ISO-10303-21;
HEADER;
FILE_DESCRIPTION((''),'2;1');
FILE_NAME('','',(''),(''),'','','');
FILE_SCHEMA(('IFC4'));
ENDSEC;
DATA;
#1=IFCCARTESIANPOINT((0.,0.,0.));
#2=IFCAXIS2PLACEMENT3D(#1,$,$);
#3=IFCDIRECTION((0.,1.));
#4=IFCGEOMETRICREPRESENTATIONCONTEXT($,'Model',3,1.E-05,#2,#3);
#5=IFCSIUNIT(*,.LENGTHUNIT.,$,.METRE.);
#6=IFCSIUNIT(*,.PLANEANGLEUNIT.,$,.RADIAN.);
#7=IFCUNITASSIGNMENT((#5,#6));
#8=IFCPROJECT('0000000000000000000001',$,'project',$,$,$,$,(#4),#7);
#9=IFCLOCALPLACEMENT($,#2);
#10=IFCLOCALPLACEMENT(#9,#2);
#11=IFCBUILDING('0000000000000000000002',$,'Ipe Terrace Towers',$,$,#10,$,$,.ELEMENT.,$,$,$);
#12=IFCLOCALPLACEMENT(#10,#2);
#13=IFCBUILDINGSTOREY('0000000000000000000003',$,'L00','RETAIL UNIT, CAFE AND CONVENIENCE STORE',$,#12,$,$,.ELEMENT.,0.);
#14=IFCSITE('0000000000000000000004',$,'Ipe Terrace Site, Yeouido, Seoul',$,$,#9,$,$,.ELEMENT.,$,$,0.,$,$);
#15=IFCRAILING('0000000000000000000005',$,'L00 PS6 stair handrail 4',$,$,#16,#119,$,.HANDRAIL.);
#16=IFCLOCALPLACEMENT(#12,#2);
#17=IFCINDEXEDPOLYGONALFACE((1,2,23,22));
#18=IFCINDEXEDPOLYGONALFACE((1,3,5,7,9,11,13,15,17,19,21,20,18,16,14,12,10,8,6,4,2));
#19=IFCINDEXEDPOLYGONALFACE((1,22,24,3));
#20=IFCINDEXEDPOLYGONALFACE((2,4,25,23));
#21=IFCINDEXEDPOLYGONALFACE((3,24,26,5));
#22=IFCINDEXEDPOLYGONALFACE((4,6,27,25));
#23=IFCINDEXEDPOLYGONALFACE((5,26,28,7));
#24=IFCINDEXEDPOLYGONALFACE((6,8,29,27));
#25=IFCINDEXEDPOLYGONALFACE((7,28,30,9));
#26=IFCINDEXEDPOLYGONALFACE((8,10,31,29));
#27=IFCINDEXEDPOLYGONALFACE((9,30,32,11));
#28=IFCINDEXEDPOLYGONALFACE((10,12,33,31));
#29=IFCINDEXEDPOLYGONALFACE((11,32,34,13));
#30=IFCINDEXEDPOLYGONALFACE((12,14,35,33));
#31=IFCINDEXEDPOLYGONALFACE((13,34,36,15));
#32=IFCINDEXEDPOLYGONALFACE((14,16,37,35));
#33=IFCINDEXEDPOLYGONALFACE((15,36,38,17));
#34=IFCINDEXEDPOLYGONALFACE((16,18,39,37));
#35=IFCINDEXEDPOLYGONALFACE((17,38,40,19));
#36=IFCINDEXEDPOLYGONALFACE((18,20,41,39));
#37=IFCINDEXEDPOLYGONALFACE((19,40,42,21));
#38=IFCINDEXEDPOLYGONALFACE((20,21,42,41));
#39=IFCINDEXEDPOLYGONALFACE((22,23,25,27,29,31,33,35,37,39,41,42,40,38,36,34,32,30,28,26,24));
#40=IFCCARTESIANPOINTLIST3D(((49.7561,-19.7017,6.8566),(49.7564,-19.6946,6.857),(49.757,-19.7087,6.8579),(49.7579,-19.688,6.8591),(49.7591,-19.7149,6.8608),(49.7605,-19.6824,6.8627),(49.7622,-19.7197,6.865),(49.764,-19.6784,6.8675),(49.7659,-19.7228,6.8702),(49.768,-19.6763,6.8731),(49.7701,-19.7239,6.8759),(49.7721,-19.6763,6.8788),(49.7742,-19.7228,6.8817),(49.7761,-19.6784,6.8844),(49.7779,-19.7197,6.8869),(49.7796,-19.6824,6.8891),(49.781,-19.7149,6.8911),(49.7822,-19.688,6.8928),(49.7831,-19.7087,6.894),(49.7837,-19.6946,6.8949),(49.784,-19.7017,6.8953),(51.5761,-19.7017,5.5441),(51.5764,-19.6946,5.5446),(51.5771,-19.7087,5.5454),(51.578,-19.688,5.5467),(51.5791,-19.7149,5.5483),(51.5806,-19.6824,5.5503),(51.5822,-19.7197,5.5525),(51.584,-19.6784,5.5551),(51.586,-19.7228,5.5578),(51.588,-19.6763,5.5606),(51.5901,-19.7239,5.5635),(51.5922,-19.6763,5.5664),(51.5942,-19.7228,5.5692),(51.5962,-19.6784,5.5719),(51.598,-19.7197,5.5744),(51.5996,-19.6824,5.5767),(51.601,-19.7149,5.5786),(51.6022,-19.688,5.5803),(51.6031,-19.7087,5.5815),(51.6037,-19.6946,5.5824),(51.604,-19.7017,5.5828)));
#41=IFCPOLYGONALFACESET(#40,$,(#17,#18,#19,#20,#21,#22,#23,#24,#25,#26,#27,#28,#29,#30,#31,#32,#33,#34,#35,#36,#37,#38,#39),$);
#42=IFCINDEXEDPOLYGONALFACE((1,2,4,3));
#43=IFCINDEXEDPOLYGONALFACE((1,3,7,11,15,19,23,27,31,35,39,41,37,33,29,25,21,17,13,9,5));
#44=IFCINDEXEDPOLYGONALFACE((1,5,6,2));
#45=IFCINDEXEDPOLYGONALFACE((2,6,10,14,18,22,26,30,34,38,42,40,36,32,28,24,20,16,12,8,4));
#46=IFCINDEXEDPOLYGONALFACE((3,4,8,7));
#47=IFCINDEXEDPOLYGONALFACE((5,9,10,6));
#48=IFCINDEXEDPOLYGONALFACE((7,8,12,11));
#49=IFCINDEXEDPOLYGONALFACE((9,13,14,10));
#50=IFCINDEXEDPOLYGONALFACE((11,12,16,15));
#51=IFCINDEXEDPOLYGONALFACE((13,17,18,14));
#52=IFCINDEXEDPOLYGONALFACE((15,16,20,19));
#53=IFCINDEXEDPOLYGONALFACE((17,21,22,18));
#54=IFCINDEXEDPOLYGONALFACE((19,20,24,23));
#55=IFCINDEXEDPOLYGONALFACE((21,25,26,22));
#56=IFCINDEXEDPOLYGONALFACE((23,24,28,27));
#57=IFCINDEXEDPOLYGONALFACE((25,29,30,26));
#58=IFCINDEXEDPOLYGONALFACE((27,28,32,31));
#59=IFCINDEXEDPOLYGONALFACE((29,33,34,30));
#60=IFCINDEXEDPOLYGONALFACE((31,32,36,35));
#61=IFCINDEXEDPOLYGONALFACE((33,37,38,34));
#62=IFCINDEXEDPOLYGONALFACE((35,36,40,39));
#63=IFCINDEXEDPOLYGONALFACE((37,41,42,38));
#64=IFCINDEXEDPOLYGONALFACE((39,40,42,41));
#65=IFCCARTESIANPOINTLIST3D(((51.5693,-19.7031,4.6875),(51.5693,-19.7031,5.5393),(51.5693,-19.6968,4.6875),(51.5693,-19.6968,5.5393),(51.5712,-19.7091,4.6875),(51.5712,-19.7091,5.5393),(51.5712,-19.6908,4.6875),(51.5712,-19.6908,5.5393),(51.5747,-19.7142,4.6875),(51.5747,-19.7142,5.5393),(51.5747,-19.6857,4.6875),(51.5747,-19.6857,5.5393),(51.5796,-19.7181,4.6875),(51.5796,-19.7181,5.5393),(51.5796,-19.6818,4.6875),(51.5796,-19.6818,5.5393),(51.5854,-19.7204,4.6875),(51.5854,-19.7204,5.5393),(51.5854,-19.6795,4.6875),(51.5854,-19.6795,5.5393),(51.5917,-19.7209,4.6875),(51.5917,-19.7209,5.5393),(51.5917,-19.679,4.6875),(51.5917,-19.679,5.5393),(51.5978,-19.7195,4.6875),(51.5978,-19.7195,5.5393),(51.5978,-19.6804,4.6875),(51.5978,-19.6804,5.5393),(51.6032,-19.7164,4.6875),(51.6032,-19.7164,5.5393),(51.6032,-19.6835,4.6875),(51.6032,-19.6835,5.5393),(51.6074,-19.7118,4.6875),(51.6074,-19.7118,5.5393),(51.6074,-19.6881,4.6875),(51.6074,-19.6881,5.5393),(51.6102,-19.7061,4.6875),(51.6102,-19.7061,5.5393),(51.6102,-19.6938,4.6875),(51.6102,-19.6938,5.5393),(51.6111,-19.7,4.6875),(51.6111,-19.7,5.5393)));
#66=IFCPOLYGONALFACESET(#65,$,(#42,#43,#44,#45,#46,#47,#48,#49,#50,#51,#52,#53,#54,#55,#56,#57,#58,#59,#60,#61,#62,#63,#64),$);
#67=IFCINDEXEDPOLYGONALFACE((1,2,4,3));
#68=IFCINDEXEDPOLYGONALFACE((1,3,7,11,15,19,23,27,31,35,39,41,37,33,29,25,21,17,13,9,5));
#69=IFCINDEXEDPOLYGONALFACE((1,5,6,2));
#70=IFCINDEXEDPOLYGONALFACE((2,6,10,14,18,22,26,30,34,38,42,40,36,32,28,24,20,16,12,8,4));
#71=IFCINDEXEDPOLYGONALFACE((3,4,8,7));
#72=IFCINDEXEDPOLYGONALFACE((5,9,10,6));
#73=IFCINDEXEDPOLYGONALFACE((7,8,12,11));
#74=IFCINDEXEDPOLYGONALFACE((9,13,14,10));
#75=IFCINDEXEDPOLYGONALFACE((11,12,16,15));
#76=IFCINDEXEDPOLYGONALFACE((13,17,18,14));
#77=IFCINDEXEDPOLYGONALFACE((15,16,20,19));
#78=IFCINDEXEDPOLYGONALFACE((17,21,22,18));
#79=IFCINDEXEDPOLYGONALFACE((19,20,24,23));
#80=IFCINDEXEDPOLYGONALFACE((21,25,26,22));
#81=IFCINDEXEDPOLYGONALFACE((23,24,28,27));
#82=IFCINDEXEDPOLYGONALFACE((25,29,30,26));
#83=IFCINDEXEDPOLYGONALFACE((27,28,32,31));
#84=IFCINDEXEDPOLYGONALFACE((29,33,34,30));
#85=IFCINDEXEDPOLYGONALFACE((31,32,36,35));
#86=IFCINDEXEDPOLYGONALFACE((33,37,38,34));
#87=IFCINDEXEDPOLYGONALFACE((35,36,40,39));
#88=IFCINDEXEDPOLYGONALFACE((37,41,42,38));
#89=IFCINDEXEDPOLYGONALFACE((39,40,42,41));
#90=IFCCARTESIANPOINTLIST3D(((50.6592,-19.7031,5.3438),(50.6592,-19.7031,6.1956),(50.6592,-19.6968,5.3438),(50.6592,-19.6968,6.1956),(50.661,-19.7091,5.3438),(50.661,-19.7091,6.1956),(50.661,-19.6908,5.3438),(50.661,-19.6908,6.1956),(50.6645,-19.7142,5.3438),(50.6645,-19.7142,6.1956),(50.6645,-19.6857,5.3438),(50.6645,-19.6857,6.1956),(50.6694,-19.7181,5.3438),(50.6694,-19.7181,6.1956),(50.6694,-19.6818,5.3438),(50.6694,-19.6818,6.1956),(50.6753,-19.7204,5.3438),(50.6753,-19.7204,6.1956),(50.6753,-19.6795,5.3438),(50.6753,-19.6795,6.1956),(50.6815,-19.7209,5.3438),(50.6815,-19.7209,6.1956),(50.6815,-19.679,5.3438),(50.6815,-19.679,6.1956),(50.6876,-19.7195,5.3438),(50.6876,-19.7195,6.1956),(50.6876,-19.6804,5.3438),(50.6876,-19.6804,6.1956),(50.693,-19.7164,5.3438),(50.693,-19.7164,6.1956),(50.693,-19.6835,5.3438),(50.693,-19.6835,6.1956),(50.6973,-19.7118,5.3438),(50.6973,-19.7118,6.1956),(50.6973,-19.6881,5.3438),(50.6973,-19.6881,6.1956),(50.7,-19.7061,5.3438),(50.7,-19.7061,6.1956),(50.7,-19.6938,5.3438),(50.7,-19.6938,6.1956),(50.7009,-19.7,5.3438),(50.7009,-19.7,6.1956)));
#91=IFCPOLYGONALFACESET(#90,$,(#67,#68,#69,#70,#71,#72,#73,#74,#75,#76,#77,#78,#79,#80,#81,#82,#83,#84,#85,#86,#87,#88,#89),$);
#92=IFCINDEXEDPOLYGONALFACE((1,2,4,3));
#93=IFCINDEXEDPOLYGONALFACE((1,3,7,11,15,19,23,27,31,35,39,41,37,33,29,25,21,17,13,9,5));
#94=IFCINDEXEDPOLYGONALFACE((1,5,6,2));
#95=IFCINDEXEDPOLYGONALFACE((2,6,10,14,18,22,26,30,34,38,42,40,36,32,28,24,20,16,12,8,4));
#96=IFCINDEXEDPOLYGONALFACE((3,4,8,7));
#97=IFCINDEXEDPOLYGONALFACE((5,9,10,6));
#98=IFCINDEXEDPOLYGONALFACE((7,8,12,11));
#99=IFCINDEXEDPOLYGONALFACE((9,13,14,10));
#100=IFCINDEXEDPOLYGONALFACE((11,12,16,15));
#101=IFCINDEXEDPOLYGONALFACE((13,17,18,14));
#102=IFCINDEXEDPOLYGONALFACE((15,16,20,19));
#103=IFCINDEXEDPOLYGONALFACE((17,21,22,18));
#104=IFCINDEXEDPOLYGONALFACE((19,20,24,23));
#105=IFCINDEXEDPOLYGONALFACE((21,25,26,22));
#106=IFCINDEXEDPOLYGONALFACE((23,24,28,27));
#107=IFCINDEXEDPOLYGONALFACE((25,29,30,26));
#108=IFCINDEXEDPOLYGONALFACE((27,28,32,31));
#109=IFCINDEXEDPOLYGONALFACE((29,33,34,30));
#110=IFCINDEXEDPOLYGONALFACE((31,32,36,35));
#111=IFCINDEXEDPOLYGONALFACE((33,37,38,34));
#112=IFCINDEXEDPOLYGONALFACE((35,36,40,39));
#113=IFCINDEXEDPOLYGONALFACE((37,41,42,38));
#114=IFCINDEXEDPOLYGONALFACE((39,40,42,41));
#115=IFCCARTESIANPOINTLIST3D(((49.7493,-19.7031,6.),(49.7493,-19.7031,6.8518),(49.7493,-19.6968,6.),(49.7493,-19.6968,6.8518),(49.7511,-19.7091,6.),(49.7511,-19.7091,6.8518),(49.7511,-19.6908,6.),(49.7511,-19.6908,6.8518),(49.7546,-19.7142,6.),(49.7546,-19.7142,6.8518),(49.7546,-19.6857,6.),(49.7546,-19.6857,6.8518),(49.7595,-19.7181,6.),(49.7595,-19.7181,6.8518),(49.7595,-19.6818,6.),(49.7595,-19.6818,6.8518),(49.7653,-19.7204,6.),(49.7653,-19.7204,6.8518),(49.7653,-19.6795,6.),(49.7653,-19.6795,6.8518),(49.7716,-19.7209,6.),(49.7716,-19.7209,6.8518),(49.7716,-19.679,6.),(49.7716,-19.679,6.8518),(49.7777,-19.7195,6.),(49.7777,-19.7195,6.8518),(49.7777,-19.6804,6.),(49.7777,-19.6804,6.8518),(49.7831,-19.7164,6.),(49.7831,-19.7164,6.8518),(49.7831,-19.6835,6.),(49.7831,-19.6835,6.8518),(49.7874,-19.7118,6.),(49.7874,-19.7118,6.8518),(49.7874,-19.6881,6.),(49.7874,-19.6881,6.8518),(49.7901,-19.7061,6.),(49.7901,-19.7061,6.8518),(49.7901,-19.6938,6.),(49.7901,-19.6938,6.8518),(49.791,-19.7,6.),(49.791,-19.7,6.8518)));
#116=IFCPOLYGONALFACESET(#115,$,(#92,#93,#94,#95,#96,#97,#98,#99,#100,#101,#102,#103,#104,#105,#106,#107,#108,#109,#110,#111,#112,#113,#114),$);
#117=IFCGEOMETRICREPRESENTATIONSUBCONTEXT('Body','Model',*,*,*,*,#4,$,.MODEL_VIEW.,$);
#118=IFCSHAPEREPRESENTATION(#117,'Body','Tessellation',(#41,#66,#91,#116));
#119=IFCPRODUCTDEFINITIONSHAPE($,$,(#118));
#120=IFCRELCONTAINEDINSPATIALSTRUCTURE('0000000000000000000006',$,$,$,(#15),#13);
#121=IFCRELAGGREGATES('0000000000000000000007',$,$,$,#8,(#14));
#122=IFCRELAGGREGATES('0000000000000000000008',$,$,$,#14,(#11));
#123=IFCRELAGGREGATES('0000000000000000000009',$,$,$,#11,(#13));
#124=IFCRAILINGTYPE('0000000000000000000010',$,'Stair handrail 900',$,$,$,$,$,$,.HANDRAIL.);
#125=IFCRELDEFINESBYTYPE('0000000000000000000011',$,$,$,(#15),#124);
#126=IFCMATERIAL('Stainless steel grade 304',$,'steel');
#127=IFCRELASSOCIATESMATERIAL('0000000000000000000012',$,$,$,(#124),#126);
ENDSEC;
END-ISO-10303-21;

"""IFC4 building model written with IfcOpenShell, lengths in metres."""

from ifc_helpers import new_model, si_unit, direction, frame, origin, origin_2d, place, context, subcontext, project, spatial, circle, extrude, material, type_object, element, save


model = new_model("IFC4")

# Units and contexts
model_context = context("Model", 3, precision=1e-05, world=origin(), true_north=direction((0.0, 1.0)))
body_context = subcontext(model_context, "Body", "Model", "MODEL_VIEW")
ifc_project = project(units=[si_unit("LENGTHUNIT", "METRE"), si_unit("PLANEANGLEUNIT", "RADIAN")], contexts=[model_context])

# Site, building, storey
site_placement = place(None, origin())
site = spatial("IfcSite", under=ifc_project, at=site_placement, Name="Ipe Terrace Site, Yeouido, Seoul", CompositionType="ELEMENT", RefElevation=0.0)
building_placement = place(site_placement, origin())
building = spatial("IfcBuilding", under=site, at=building_placement, Name="Ipe Terrace Towers", CompositionType="ELEMENT")
storey_placement = place(building_placement, origin())
storey = spatial("IfcBuildingStorey", under=building, at=storey_placement, Name="L00", Description="RETAIL UNIT, CAFE AND CONVENIENCE STORE", CompositionType="ELEMENT", Elevation=0.0)

# Railing
ifc_material_1 = material(Name="Stainless steel grade 304", Category="steel")
railing_type_1 = type_object("IfcRailingType", Name="Stair handrail 900", PredefinedType="HANDRAIL", material=ifc_material_1)
railing_1_placement = place(storey_placement, frame((51.5901, -19.7, 4.6875)))
element("IfcRailing", 1, at=railing_1_placement, inside=storey, type_object=railing_type_1, Name="L00 PS6 stair handrail 4", PredefinedType="HANDRAIL", context=body_context, shape_type="SweptSolid", body=[
    extrude(circle(Radius=0.0239, at=origin_2d()), frame((0.0, 0.0, 0.876), z_axis=(-0.811101, 0.0, 0.584906), x_axis=(0.0, -1.0, 0.0)), (0.0, 0.0, 1.0), 2.2439),
    extrude(circle(Radius=0.021, at=origin_2d()), origin(), (0.0, 0.0, 1.0), 0.8518),
    extrude(circle(Radius=0.021, at=origin_2d()), frame((-0.9102, 0.0, 0.6562)), (0.0, 0.0, 1.0), 0.8518),
    extrude(circle(Radius=0.021, at=origin_2d()), frame((-1.8201, 0.0, 1.3125)), (0.0, 0.0, 1.0), 0.8518),
])

save(model, "model.ifc")
